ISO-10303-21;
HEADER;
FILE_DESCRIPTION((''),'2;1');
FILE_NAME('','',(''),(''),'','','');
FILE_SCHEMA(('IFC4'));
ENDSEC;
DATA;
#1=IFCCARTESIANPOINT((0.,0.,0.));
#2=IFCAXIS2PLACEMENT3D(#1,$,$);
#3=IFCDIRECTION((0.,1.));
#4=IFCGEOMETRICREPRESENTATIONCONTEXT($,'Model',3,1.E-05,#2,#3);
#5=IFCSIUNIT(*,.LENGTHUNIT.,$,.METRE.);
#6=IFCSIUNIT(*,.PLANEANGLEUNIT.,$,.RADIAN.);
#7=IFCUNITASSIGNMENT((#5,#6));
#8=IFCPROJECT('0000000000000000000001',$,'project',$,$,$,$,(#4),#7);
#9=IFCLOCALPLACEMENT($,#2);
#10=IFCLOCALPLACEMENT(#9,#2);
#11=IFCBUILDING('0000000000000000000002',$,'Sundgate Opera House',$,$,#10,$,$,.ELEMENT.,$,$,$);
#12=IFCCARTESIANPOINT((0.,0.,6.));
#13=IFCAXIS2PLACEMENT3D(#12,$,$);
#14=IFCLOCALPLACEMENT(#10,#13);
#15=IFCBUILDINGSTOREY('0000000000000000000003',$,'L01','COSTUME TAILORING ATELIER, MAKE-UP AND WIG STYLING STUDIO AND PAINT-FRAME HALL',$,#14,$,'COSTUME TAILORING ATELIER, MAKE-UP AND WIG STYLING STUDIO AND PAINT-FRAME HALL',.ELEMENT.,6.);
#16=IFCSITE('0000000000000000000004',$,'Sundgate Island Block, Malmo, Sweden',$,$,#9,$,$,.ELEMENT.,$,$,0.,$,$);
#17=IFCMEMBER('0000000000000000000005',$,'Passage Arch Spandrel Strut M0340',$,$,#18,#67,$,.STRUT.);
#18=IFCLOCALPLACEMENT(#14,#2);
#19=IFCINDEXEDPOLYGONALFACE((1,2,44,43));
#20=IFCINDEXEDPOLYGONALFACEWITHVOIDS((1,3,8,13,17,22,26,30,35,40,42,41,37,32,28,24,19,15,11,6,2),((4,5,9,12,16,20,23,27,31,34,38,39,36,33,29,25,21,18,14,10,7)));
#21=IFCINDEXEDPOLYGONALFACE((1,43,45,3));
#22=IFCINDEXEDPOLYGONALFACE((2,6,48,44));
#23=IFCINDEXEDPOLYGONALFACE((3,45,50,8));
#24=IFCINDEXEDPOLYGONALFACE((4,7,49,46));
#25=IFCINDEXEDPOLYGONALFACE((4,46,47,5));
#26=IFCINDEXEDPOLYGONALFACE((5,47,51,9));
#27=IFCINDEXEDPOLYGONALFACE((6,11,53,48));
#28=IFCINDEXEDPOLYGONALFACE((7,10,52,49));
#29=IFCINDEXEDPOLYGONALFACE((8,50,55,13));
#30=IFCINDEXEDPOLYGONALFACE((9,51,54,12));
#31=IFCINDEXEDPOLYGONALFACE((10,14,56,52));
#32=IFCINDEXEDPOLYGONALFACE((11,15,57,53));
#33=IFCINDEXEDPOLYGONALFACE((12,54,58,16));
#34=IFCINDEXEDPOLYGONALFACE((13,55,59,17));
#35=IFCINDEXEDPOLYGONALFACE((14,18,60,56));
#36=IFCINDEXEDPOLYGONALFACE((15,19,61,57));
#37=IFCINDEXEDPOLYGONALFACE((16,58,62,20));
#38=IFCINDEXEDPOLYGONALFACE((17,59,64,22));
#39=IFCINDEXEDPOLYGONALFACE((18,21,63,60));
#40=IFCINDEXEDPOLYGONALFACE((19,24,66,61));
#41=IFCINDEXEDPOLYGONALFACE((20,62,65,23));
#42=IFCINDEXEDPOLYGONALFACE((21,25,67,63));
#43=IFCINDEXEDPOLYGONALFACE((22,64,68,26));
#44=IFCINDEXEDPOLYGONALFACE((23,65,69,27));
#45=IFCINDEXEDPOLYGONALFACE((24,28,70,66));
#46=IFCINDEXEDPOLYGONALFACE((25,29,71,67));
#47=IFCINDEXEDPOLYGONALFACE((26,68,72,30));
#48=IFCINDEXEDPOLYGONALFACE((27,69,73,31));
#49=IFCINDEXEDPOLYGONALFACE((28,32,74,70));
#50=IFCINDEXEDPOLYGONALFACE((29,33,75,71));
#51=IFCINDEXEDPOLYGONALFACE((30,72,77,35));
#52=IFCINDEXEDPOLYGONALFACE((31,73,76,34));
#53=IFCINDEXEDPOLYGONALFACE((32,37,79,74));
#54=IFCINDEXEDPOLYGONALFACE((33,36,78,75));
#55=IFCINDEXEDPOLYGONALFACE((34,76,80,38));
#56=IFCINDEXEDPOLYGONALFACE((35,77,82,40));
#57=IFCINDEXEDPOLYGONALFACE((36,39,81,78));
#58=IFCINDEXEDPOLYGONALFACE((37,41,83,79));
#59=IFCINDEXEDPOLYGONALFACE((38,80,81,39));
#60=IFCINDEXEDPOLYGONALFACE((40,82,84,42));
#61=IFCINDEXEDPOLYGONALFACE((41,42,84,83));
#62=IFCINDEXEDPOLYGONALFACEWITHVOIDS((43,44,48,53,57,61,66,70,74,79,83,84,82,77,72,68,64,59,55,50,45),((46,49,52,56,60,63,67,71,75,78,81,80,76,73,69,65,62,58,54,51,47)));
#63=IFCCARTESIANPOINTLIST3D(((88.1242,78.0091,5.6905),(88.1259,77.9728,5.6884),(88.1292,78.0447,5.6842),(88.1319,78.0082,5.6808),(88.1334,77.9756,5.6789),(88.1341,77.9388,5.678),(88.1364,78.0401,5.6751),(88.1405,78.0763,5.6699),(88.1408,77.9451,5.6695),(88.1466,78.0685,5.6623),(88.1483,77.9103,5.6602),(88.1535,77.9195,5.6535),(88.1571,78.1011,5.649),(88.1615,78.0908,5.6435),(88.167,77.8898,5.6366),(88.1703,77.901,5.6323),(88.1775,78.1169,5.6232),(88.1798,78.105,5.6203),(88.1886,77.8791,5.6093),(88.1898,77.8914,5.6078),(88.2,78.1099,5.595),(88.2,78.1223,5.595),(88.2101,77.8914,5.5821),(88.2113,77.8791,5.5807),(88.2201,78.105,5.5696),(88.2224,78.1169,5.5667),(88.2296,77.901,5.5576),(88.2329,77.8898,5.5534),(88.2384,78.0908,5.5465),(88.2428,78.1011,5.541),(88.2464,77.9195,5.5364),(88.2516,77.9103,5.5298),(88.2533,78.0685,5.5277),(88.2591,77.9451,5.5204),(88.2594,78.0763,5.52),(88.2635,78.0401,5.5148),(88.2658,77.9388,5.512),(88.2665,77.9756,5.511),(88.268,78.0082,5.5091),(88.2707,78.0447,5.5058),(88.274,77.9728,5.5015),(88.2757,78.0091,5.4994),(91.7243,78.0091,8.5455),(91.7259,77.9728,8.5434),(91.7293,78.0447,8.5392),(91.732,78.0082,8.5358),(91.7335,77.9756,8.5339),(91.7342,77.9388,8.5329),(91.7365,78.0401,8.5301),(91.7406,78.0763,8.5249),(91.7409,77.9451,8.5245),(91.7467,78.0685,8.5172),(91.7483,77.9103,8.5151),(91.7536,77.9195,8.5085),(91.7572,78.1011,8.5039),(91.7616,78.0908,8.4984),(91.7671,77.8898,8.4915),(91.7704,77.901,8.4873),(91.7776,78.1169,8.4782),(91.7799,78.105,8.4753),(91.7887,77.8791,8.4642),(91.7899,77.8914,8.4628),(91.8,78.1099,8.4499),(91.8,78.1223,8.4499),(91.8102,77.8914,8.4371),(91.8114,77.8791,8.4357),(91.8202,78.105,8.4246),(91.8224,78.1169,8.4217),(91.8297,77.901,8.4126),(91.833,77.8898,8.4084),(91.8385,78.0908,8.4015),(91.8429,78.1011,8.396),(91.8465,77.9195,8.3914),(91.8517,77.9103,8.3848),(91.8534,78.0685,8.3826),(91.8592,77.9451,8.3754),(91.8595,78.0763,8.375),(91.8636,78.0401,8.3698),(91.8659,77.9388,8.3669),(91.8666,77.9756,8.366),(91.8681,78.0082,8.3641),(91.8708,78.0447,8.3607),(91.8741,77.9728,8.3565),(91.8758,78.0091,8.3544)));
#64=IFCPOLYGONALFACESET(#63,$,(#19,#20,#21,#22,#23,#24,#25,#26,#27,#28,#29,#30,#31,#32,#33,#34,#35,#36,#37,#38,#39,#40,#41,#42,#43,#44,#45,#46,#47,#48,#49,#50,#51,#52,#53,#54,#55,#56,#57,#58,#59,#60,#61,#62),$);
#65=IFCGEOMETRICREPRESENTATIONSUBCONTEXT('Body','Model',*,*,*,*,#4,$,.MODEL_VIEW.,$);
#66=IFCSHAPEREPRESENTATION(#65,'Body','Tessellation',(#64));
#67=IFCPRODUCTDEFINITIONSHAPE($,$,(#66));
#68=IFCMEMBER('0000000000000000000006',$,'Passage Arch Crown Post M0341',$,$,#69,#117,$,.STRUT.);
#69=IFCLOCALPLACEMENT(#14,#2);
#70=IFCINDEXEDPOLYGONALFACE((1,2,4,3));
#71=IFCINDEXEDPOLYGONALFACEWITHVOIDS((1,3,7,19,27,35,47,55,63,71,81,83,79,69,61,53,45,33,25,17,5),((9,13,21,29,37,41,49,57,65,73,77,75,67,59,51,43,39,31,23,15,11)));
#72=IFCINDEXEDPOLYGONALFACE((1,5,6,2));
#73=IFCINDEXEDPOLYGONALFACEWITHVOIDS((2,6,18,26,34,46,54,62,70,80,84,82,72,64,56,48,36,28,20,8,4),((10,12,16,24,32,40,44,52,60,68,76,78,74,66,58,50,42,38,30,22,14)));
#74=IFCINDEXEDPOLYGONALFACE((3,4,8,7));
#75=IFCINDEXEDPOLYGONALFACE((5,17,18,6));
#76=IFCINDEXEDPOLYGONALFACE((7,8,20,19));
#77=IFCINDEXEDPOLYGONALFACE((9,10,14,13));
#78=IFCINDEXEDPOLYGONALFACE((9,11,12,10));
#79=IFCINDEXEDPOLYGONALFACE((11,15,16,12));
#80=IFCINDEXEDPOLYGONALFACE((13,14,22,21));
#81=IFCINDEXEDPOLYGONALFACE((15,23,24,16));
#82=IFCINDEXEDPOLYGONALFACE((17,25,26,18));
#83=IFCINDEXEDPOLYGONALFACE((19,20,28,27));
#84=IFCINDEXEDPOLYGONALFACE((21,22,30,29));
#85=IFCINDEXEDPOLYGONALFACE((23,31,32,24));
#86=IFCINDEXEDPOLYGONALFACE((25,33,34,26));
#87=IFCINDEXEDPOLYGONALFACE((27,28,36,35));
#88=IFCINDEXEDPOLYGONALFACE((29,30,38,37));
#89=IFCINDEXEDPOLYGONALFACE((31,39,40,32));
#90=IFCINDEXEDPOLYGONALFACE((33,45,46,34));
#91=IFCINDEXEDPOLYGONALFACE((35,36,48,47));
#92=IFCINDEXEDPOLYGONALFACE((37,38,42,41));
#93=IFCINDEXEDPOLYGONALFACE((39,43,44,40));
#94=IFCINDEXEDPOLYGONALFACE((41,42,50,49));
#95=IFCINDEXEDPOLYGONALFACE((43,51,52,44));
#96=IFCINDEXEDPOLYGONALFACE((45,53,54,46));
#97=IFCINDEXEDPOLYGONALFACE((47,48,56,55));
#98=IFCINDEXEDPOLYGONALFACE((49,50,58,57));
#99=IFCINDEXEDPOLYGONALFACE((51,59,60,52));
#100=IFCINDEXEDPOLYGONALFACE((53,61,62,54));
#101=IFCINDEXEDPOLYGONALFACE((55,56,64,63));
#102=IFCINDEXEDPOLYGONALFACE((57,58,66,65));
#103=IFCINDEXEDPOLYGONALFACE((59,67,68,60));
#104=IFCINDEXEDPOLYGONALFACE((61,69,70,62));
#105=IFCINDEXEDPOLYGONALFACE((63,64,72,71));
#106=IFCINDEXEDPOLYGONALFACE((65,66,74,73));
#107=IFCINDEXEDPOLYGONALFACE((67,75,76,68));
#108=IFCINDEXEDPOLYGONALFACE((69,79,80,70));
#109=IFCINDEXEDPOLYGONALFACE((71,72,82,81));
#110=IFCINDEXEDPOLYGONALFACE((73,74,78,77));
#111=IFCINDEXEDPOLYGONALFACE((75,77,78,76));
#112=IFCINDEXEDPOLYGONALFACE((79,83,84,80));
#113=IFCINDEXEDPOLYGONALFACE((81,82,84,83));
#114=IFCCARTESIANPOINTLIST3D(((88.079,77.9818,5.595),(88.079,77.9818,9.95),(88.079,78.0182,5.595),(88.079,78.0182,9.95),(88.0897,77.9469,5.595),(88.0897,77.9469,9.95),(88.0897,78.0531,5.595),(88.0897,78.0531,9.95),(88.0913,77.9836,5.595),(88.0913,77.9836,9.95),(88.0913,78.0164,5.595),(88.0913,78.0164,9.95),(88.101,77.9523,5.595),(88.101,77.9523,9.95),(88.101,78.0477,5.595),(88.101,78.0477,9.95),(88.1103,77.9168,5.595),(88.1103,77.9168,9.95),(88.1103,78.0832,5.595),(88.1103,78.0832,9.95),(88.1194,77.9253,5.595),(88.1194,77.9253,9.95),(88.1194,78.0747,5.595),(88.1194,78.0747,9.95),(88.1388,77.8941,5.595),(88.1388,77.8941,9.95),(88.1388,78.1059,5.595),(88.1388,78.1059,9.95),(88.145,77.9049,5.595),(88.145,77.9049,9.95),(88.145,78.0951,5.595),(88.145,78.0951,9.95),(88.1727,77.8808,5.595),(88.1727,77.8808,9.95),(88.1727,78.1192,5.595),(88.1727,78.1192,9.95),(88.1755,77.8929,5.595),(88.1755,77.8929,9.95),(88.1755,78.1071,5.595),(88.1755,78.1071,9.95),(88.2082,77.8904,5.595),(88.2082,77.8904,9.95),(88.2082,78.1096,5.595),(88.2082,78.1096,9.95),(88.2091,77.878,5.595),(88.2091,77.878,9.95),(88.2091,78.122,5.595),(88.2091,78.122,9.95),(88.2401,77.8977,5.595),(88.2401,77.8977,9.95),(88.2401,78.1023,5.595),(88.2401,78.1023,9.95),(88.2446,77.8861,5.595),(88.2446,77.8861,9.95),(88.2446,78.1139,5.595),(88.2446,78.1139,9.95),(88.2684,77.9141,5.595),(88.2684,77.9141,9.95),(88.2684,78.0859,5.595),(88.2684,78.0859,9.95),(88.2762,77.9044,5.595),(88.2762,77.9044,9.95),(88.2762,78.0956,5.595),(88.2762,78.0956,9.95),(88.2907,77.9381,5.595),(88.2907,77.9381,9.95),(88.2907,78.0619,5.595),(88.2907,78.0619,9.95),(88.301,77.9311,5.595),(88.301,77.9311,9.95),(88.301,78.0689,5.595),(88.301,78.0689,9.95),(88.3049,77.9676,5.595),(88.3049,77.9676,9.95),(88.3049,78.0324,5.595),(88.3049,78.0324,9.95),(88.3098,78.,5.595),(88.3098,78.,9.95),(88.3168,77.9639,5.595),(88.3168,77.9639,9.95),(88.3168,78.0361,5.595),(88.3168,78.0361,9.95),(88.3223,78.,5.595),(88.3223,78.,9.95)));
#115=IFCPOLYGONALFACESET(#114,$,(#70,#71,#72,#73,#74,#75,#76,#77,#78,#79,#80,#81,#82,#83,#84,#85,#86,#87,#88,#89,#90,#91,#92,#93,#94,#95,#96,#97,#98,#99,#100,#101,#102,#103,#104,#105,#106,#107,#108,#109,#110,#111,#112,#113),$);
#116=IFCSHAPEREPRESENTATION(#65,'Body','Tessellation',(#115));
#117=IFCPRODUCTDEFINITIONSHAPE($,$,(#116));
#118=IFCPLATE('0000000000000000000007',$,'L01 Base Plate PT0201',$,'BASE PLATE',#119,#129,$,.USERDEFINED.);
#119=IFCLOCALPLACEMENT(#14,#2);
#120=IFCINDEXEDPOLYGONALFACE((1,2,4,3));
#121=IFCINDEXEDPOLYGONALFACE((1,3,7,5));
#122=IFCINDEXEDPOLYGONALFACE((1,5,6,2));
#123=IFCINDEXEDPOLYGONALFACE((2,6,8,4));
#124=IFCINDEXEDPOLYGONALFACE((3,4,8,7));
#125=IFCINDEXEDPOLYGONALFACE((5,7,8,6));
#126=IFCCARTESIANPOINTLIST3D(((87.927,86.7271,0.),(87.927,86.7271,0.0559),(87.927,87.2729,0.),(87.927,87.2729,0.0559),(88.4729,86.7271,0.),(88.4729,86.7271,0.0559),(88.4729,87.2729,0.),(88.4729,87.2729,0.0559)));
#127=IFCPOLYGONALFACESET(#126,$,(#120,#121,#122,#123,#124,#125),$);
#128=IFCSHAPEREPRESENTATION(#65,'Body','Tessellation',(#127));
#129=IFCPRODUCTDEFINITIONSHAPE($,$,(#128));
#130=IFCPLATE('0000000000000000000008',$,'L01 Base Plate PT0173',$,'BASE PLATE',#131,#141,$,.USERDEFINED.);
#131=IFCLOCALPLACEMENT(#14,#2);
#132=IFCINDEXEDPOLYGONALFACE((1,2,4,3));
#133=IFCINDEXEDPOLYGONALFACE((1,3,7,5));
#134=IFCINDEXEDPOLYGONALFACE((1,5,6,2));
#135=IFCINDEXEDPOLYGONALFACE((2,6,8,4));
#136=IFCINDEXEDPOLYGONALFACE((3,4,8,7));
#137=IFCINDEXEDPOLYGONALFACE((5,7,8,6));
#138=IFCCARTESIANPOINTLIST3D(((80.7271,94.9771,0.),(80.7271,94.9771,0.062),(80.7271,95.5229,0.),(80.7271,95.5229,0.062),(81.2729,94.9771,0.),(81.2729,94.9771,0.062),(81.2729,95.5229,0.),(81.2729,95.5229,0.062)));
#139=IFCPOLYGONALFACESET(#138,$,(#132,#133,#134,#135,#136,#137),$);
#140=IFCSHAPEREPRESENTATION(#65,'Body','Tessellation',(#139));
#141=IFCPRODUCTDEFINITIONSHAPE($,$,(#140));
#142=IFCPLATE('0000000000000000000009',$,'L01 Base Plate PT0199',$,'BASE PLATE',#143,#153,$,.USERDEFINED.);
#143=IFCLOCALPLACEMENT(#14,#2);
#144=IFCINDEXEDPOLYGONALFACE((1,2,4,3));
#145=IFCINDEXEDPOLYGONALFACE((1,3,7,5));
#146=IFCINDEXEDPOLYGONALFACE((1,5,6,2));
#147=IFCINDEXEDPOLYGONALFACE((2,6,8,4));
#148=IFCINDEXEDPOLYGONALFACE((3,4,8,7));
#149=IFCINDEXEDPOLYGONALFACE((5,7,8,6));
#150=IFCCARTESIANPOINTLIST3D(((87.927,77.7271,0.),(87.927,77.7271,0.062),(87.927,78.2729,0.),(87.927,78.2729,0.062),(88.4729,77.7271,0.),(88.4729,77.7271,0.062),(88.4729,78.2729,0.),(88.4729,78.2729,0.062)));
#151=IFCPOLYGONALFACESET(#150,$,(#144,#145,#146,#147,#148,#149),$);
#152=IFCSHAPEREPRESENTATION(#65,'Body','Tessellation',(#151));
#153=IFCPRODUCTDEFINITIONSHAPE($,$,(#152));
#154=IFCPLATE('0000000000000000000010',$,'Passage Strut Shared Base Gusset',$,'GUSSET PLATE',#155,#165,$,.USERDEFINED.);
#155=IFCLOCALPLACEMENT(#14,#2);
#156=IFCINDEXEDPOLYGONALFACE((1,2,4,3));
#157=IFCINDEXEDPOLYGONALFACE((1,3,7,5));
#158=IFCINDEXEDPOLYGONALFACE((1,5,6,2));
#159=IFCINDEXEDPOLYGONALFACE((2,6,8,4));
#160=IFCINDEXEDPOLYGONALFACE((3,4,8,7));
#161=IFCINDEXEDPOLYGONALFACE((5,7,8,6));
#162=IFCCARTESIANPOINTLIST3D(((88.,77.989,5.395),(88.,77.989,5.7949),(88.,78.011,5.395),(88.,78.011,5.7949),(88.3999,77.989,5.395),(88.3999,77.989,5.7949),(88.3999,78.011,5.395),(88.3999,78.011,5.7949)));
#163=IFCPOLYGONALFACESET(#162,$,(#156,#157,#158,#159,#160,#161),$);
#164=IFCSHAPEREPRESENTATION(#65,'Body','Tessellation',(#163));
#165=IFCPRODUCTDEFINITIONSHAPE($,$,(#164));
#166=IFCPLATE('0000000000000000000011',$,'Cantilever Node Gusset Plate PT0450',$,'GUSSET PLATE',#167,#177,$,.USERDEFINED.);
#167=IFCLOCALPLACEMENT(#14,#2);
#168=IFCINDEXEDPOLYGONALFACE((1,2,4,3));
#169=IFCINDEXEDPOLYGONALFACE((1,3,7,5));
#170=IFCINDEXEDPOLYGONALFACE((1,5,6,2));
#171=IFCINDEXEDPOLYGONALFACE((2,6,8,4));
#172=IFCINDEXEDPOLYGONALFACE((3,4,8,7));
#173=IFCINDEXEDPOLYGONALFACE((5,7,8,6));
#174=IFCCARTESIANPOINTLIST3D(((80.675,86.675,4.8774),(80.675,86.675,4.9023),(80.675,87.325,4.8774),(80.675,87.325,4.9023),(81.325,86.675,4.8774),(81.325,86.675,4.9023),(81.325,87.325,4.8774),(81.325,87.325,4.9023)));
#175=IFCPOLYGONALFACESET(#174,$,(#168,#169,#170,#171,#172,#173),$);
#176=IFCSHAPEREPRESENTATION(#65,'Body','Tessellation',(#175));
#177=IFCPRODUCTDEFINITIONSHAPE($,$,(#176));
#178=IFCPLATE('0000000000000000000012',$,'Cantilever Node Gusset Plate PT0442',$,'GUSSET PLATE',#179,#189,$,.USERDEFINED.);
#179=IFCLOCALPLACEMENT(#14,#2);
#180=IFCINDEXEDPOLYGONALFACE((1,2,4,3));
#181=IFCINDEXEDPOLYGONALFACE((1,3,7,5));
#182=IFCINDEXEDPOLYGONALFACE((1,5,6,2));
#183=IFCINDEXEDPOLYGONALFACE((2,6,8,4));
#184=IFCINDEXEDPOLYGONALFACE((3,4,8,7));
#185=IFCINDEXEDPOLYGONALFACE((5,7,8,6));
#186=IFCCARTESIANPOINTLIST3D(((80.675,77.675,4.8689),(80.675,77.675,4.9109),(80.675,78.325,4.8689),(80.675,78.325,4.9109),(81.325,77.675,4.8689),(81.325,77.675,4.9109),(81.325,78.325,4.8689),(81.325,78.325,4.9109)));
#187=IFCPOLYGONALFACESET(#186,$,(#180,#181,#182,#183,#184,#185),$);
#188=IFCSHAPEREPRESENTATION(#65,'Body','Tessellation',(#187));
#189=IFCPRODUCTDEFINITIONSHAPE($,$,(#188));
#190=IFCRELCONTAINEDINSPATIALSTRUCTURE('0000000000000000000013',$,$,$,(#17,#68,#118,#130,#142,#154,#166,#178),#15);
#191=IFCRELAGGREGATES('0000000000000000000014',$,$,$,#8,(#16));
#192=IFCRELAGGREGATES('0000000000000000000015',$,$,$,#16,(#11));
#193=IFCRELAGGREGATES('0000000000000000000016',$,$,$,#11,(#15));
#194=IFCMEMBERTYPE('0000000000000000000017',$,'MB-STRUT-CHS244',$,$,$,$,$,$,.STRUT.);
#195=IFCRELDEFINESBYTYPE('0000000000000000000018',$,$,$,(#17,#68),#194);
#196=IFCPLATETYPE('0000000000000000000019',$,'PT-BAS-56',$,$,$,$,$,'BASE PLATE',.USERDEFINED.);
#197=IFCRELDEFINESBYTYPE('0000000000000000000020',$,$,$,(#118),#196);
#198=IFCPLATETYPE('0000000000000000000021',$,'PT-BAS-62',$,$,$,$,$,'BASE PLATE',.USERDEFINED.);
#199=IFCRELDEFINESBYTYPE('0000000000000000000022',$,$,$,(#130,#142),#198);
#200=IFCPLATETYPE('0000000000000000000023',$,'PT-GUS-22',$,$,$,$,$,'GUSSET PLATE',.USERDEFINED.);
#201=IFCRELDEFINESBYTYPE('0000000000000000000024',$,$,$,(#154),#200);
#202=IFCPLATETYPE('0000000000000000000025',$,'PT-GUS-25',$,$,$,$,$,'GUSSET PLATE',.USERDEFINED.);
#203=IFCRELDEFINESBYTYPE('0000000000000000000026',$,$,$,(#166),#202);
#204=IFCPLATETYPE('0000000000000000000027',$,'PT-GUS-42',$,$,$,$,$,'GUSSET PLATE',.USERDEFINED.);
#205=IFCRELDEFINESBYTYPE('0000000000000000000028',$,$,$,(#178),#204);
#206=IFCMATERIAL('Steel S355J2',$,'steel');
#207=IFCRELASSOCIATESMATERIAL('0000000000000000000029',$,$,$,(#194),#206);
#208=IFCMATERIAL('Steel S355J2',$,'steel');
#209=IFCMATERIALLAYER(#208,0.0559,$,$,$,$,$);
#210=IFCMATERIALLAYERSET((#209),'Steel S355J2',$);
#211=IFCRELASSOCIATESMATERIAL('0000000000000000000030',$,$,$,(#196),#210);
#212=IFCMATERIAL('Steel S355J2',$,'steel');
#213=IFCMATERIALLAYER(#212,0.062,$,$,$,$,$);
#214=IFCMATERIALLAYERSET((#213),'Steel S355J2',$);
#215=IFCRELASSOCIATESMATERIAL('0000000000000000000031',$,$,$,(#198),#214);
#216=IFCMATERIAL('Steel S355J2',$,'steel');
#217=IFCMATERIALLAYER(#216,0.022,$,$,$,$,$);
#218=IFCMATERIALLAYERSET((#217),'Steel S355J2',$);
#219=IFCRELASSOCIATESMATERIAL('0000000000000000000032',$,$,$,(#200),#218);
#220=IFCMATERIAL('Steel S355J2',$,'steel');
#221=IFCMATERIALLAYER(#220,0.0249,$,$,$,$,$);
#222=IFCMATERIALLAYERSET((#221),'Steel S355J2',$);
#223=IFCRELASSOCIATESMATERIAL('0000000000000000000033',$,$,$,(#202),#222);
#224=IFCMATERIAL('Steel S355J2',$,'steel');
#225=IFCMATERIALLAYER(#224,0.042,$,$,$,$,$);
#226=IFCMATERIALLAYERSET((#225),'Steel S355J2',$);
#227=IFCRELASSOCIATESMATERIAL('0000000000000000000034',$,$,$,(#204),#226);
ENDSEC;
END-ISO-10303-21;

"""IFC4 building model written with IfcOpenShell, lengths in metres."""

from ifc_helpers import new_model, si_unit, direction, frame, origin, origin_2d, place, context, subcontext, project, spatial, rectangle, hollow_circle, extrude, material, layer, layer_set, material_profile, profile_set, type_object, element, save


model = new_model("IFC4")

# Units and contexts
model_context = context("Model", 3, precision=1e-05, world=origin(), true_north=direction((0.0, 1.0)))
body_context = subcontext(model_context, "Body", "Model", "MODEL_VIEW")
ifc_project = project(units=[si_unit("LENGTHUNIT", "METRE"), si_unit("PLANEANGLEUNIT", "RADIAN")], contexts=[model_context])

# Site, building, storey
site_placement = place(None, origin())
site = spatial("IfcSite", under=ifc_project, at=site_placement, Name="Sundgate Island Block, Malmo, Sweden", CompositionType="ELEMENT", RefElevation=0.0)
building_placement = place(site_placement, origin())
building = spatial("IfcBuilding", under=site, at=building_placement, Name="Sundgate Opera House", CompositionType="ELEMENT")
storey_placement = place(building_placement, frame((0.0, 0.0, 6.0)))
storey = spatial("IfcBuildingStorey", under=building, at=storey_placement, Name="L01", Description="COSTUME TAILORING ATELIER, MAKE-UP AND WIG STYLING STUDIO AND PAINT-FRAME HALL", LongName="COSTUME TAILORING ATELIER, MAKE-UP AND WIG STYLING STUDIO AND PAINT-FRAME HALL", CompositionType="ELEMENT", Elevation=6.0)

# Members
ifc_material_1 = material(Name="Steel S355J2", Category="steel")
ifc_material_profile_1 = material_profile(ifc_material_1, hollow_circle(Radius=0.1223, WallThickness=0.0125, at=origin_2d()), Name="CHS 244.5x12.5")
ifc_profile_set_1 = profile_set([ifc_material_profile_1], Name="Steel S355J2")
member_type = type_object("IfcMemberType", Name="MB-STRUT-CHS244", PredefinedType="STRUT", material=ifc_profile_set_1)
member_1_placement = place(storey_placement, frame((88.2, 78.0, 5.595), z_axis=(0.783526, 0.0, 0.621359), x_axis=(0.0, 1.0, 0.0)))
element("IfcMember", 1, at=member_1_placement, inside=storey, type_object=member_type, Name="Passage Arch Spandrel Strut M0340", PredefinedType="STRUT", context=body_context, shape_type="SweptSolid", body=[
    extrude(hollow_circle(Radius=0.1223, WallThickness=0.0125, at=origin_2d()), origin(), (0.0, 0.0, 1.0), 4.5947),
])
member_2_placement = place(storey_placement, frame((88.2, 78.0, 5.595), z_axis=(0.0, 0.0, 1.0), x_axis=(1.0, 0.0, 0.0)))
element("IfcMember", 2, at=member_2_placement, inside=storey, type_object=member_type, Name="Passage Arch Crown Post M0341", PredefinedType="STRUT", context=body_context, shape_type="SweptSolid", body=[
    extrude(hollow_circle(Radius=0.1223, WallThickness=0.0125, at=origin_2d()), origin(), (0.0, 0.0, 1.0), 4.355),
])

# Plates
ifc_material_2 = material(Name="Steel S355J2", Category="steel")
ifc_layer_1 = layer(ifc_material_2, 0.0559)
ifc_layer_set_1 = layer_set([ifc_layer_1], Name="Steel S355J2")
plate_type_1 = type_object("IfcPlateType", Name="PT-BAS-56", ElementType="BASE PLATE", PredefinedType="USERDEFINED", material=ifc_layer_set_1)
plate_1_placement = place(storey_placement, frame((88.2, 87.0, 0.0), z_axis=(0.0, 0.0, 1.0), x_axis=(1.0, 0.0, 0.0)))
element("IfcPlate", 3, at=plate_1_placement, inside=storey, type_object=plate_type_1, Name="L01 Base Plate PT0201", ObjectType="BASE PLATE", PredefinedType="USERDEFINED", context=body_context, shape_type="SweptSolid", body=[
    extrude(rectangle(XDim=0.5459, YDim=0.5459, at=origin_2d()), origin(), (0.0, 0.0, 1.0), 0.0559),
])
ifc_material_3 = material(Name="Steel S355J2", Category="steel")
ifc_layer_2 = layer(ifc_material_3, 0.062)
ifc_layer_set_2 = layer_set([ifc_layer_2], Name="Steel S355J2")
plate_type_2 = type_object("IfcPlateType", Name="PT-BAS-62", ElementType="BASE PLATE", PredefinedType="USERDEFINED", material=ifc_layer_set_2)
for number, where, z_axis, x_axis, name in (
    (4, (81.0, 95.25, 0.0), (0.0, 0.0, 1.0), (1.0, 0.0, 0.0), "L01 Base Plate PT0173"),
    (5, (88.2, 78.0, 0.0), (0.0, 0.0, 1.0), (1.0, 0.0, 0.0), "L01 Base Plate PT0199"),
):
    element("IfcPlate", number, at=place(storey_placement, frame(where, z_axis=z_axis, x_axis=x_axis)), inside=storey, type_object=plate_type_2, Name=name, ObjectType="BASE PLATE", PredefinedType="USERDEFINED", context=body_context, shape_type="SweptSolid", body=[
        extrude(rectangle(XDim=0.5459, YDim=0.5459, at=origin_2d()), origin(), (0.0, 0.0, 1.0), 0.062),
    ])
ifc_material_4 = material(Name="Steel S355J2", Category="steel")
ifc_layer_3 = layer(ifc_material_4, 0.022)
ifc_layer_set_3 = layer_set([ifc_layer_3], Name="Steel S355J2")
plate_type_3 = type_object("IfcPlateType", Name="PT-GUS-22", ElementType="GUSSET PLATE", PredefinedType="USERDEFINED", material=ifc_layer_set_3)
plate_2_placement = place(storey_placement, frame((88.2, 78.0, 5.395), z_axis=(0.0, 0.0, 1.0), x_axis=(1.0, 0.0, 0.0)))
element("IfcPlate", 6, at=plate_2_placement, inside=storey, type_object=plate_type_3, Name="Passage Strut Shared Base Gusset", ObjectType="GUSSET PLATE", PredefinedType="USERDEFINED", context=body_context, shape_type="SweptSolid", body=[
    extrude(rectangle(XDim=0.3999, YDim=0.022, at=origin_2d()), origin(), (0.0, 0.0, 1.0), 0.3999),
])
ifc_material_5 = material(Name="Steel S355J2", Category="steel")
ifc_layer_4 = layer(ifc_material_5, 0.0249)
ifc_layer_set_4 = layer_set([ifc_layer_4], Name="Steel S355J2")
plate_type_4 = type_object("IfcPlateType", Name="PT-GUS-25", ElementType="GUSSET PLATE", PredefinedType="USERDEFINED", material=ifc_layer_set_4)
plate_3_placement = place(storey_placement, frame((81.0, 87.0, 4.8774), z_axis=(0.0, 0.0, 1.0), x_axis=(1.0, 0.0, 0.0)))
element("IfcPlate", 7, at=plate_3_placement, inside=storey, type_object=plate_type_4, Name="Cantilever Node Gusset Plate PT0450", ObjectType="GUSSET PLATE", PredefinedType="USERDEFINED", context=body_context, shape_type="SweptSolid", body=[
    extrude(rectangle(XDim=0.6499, YDim=0.6499, at=origin_2d()), origin(), (0.0, 0.0, 1.0), 0.0249),
])
ifc_material_6 = material(Name="Steel S355J2", Category="steel")
ifc_layer_5 = layer(ifc_material_6, 0.042)
ifc_layer_set_5 = layer_set([ifc_layer_5], Name="Steel S355J2")
plate_type_5 = type_object("IfcPlateType", Name="PT-GUS-42", ElementType="GUSSET PLATE", PredefinedType="USERDEFINED", material=ifc_layer_set_5)
plate_4_placement = place(storey_placement, frame((81.0, 78.0, 4.8689), z_axis=(0.0, 0.0, 1.0), x_axis=(1.0, 0.0, 0.0)))
element("IfcPlate", 8, at=plate_4_placement, inside=storey, type_object=plate_type_5, Name="Cantilever Node Gusset Plate PT0442", ObjectType="GUSSET PLATE", PredefinedType="USERDEFINED", context=body_context, shape_type="SweptSolid", body=[
    extrude(rectangle(XDim=0.6499, YDim=0.6499, at=origin_2d()), origin(), (0.0, 0.0, 1.0), 0.042),
])

save(model, "model.ifc")
